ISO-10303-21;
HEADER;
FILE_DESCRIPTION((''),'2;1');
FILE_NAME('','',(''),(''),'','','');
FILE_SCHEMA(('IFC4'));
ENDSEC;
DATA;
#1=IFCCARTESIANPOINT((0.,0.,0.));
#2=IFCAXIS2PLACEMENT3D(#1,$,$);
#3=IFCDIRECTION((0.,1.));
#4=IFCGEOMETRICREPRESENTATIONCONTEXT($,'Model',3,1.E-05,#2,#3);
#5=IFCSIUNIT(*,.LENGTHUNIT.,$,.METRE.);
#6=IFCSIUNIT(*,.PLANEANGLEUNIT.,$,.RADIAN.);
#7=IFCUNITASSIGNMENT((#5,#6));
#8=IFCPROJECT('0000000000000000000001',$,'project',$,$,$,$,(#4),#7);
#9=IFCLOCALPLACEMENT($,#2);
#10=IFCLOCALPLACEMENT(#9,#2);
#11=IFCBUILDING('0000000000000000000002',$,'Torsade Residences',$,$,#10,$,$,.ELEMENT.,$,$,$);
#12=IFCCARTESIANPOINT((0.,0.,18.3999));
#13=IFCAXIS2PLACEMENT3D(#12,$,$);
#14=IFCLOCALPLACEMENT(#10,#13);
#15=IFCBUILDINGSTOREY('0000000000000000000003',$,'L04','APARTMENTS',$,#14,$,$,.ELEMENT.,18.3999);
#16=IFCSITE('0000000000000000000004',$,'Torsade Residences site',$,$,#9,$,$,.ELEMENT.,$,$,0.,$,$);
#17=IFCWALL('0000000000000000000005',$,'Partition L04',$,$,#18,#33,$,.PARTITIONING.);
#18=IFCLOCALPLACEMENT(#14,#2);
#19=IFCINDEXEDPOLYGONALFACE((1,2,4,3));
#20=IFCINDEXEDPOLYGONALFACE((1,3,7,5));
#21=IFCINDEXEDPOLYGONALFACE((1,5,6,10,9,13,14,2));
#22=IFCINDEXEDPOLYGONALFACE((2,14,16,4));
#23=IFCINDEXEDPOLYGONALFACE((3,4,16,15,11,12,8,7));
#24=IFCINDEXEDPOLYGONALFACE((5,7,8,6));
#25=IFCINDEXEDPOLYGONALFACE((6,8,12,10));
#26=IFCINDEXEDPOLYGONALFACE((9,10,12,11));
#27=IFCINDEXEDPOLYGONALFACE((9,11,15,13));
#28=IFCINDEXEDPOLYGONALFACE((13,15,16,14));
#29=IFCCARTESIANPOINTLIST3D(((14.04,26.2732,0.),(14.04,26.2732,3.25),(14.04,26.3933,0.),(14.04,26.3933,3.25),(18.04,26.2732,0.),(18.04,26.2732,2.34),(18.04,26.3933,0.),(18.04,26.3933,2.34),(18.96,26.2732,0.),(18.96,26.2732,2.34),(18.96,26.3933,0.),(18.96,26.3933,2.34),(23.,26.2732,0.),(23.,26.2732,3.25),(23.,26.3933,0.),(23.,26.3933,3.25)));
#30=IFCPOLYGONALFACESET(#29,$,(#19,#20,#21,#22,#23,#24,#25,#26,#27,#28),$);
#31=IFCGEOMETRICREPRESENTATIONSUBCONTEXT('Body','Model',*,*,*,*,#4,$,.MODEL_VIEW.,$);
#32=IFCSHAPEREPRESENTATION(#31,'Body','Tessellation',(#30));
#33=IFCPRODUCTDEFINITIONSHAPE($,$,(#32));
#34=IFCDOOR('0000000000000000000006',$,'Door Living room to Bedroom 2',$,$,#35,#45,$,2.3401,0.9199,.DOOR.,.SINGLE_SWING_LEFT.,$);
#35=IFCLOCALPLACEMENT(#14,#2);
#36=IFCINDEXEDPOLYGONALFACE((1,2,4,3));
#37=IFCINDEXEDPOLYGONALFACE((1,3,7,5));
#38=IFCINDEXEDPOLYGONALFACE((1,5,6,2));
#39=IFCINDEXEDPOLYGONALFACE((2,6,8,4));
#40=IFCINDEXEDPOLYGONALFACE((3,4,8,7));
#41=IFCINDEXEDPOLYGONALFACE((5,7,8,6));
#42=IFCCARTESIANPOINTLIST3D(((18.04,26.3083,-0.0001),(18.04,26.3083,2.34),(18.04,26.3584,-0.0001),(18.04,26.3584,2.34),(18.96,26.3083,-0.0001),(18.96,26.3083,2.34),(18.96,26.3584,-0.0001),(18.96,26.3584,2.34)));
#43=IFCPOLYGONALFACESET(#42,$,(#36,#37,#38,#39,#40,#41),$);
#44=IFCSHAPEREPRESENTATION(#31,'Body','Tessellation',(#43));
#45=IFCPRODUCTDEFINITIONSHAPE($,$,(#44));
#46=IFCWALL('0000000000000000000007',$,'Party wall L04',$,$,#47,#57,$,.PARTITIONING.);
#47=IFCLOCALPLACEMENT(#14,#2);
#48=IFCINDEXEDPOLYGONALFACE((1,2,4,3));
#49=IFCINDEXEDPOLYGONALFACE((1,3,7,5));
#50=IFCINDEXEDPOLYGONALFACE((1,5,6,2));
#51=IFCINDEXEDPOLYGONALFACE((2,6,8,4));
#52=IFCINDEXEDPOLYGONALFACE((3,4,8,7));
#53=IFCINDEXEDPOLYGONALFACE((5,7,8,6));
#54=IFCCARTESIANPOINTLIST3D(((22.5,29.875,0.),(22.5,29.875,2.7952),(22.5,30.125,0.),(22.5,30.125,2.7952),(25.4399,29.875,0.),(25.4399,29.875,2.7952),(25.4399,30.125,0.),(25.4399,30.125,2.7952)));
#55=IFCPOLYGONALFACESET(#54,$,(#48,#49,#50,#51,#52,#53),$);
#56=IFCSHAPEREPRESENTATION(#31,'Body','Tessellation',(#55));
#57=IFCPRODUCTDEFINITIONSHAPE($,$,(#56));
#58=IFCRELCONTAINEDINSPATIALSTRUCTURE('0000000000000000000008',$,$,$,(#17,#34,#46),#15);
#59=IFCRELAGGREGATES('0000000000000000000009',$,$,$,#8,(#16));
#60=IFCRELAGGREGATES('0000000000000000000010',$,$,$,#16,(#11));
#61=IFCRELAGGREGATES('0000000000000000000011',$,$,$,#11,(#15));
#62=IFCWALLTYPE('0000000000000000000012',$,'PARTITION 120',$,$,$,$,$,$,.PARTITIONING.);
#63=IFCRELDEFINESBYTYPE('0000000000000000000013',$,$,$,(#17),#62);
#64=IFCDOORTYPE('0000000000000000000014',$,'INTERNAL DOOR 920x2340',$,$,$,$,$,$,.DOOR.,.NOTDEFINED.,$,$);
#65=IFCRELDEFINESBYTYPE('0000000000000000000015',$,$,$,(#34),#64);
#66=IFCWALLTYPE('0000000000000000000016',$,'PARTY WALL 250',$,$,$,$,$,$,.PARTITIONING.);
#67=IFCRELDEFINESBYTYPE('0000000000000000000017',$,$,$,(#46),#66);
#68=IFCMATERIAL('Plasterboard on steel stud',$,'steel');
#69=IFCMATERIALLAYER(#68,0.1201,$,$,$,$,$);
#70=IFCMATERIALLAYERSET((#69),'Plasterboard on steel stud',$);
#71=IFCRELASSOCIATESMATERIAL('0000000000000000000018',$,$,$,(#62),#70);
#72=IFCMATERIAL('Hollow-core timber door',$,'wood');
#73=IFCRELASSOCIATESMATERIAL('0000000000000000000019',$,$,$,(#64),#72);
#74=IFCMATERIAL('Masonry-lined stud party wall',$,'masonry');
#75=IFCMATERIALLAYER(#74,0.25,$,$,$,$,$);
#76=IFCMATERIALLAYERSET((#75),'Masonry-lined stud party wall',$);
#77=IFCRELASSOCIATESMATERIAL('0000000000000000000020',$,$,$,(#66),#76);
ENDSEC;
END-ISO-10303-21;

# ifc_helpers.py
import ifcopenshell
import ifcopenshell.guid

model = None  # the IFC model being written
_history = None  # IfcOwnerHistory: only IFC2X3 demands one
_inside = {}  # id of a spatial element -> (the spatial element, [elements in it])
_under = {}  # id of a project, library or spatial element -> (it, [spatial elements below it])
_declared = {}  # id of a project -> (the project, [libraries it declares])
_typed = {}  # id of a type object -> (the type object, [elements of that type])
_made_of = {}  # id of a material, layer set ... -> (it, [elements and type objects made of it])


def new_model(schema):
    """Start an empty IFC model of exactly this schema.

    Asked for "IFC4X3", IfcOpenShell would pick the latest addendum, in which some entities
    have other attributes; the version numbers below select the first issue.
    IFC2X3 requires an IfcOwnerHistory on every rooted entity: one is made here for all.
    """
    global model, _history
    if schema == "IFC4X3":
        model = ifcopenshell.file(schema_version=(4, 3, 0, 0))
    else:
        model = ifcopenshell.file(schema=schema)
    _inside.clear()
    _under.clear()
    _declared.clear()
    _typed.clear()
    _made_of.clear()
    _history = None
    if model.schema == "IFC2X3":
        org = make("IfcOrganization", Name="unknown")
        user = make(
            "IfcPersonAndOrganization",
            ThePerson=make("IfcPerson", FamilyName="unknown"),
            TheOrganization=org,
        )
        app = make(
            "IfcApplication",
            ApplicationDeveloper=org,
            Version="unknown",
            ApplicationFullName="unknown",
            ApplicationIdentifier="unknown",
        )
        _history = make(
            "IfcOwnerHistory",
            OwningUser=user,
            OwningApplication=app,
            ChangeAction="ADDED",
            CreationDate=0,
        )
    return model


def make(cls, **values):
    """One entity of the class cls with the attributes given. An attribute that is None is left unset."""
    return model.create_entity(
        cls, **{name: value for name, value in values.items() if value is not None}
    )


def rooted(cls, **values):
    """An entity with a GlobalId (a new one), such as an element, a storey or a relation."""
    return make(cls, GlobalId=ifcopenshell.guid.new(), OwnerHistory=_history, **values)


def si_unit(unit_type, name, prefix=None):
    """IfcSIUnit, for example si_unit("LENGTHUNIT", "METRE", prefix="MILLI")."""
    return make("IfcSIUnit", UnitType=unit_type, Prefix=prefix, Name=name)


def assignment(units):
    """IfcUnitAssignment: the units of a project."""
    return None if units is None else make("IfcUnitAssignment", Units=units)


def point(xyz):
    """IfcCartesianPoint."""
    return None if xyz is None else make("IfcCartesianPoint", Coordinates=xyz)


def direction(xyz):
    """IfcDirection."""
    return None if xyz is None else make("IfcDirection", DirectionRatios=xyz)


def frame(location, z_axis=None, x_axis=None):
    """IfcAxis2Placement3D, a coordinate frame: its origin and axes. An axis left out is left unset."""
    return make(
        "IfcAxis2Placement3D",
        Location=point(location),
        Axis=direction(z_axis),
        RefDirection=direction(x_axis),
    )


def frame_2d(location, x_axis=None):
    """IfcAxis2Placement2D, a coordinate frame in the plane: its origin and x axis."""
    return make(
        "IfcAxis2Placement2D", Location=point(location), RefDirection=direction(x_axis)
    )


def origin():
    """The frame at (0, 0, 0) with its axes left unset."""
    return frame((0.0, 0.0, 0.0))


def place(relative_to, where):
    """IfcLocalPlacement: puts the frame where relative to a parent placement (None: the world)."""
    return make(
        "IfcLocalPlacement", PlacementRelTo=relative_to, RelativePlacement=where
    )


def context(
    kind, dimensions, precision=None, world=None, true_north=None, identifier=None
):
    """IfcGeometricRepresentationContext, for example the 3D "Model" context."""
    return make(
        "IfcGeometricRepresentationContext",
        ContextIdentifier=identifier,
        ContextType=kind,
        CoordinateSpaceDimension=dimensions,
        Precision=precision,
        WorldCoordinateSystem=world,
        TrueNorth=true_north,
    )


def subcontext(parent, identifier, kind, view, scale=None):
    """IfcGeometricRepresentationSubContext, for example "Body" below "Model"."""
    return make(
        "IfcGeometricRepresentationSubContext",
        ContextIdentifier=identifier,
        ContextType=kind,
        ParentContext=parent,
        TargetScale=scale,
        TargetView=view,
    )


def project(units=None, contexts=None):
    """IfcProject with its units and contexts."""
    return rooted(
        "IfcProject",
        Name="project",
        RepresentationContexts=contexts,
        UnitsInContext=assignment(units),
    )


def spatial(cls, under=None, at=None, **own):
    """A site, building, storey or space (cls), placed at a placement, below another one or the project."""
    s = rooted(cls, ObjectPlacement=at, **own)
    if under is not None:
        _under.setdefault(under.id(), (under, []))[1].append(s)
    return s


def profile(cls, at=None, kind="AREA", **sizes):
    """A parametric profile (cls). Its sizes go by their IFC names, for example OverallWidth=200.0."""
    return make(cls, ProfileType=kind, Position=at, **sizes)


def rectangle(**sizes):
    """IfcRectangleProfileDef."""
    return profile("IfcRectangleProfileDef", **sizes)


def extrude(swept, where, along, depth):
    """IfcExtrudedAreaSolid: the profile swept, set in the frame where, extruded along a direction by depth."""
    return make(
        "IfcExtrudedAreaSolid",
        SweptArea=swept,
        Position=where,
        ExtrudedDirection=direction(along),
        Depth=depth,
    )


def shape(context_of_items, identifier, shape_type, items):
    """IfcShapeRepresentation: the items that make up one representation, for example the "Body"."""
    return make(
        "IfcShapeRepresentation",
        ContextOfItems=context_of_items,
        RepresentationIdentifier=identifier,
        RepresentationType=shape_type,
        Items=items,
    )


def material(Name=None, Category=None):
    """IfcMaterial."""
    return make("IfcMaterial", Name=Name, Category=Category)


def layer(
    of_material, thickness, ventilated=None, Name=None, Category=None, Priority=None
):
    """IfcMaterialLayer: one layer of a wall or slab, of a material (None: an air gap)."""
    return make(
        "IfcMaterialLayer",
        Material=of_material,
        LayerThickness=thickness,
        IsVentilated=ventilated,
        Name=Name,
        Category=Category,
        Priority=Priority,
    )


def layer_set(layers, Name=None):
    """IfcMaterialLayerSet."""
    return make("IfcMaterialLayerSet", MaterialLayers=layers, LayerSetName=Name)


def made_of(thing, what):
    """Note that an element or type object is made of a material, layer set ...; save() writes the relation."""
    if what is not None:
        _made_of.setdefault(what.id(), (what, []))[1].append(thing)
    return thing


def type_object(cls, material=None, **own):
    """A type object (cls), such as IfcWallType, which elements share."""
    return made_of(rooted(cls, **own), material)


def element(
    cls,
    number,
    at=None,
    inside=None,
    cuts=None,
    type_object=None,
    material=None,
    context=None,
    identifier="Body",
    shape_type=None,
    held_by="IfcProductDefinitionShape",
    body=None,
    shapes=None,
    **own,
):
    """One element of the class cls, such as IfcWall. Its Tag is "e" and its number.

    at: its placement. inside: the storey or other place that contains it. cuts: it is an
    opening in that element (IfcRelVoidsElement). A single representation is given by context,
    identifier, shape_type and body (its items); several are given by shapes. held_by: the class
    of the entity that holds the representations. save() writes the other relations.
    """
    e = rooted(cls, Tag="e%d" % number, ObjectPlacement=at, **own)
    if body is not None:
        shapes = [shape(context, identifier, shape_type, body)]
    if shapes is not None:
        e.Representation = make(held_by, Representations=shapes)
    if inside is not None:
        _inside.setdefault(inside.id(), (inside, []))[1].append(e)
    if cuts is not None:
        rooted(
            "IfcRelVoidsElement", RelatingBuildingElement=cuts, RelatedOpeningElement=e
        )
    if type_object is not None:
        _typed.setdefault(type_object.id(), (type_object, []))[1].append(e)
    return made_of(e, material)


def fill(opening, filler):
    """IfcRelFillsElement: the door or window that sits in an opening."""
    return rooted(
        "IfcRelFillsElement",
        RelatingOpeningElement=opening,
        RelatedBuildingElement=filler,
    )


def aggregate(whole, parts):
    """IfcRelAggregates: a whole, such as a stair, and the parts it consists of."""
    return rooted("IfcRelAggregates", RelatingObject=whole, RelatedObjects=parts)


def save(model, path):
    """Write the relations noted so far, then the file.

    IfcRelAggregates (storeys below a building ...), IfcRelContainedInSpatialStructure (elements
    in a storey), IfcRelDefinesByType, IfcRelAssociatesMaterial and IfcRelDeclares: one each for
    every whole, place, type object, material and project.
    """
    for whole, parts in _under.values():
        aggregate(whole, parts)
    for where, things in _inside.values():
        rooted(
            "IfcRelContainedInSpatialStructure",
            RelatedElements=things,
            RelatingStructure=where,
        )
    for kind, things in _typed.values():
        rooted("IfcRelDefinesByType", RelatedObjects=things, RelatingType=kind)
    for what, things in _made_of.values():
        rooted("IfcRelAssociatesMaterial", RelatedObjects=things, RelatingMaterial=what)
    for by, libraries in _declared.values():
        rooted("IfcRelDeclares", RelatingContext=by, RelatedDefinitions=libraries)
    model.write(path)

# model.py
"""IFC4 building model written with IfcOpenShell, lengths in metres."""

from ifc_helpers import new_model, si_unit, direction, frame, frame_2d, origin, place, context, subcontext, project, spatial, rectangle, extrude, material, layer, layer_set, type_object, element, fill, save


model = new_model("IFC4")

# Units and contexts
model_context = context("Model", 3, precision=1e-05, world=origin(), true_north=direction((0.0, 1.0)))
body_context = subcontext(model_context, "Body", "Model", "MODEL_VIEW")
ifc_project = project(units=[si_unit("LENGTHUNIT", "METRE"), si_unit("PLANEANGLEUNIT", "RADIAN")], contexts=[model_context])

# Site, building, storey
site_placement = place(None, origin())
site = spatial("IfcSite", under=ifc_project, at=site_placement, Name="Torsade Residences site", CompositionType="ELEMENT", RefElevation=0.0)
building_placement = place(site_placement, origin())
building = spatial("IfcBuilding", under=site, at=building_placement, Name="Torsade Residences", CompositionType="ELEMENT")
storey_placement = place(building_placement, frame((0.0, 0.0, 18.3999)))
storey = spatial("IfcBuildingStorey", under=building, at=storey_placement, Name="L04", Description="APARTMENTS", CompositionType="ELEMENT", Elevation=18.3999)

# Shared definitions
ifc_material_1 = material(Name="Plasterboard on steel stud", Category="steel")
ifc_layer_1 = layer(ifc_material_1, 0.1201)
ifc_layer_set_1 = layer_set([ifc_layer_1], Name="Plasterboard on steel stud")
wall_type_1 = type_object("IfcWallType", Name="PARTITION 120", PredefinedType="PARTITIONING", material=ifc_layer_set_1)

# Shared definitions
ifc_material_2 = material(Name="Hollow-core timber door", Category="wood")
door_type_1 = type_object("IfcDoorType", Name="INTERNAL DOOR 920x2340", OperationType="NOTDEFINED", PredefinedType="DOOR", material=ifc_material_2)

# Wall, opening, door
wall_1_placement = place(storey_placement, frame((23.0, 26.3333, 0.0), z_axis=(0.0, 0.0, 1.0), x_axis=(-1.0, 0.0, 0.0)))
wall_1 = element("IfcWall", 1, at=wall_1_placement, inside=storey, type_object=wall_type_1, Name="Partition L04", PredefinedType="PARTITIONING", context=body_context, shape_type="SweptSolid", body=[
    extrude(rectangle(XDim=8.96, YDim=0.1201, at=frame_2d((4.48, 0.0))), origin(), (0.0, 0.0, 1.0), 3.25),
])
opening_1_placement = place(wall_1_placement, frame((4.04, 0.0, 0.0)))
opening_1 = element("IfcOpeningElement", 2, at=opening_1_placement, cuts=wall_1, PredefinedType="OPENING", context=body_context, shape_type="SweptSolid", body=[
    extrude(rectangle(XDim=0.9199, YDim=2.3401, at=frame_2d((0.46, 1.1699))), frame((0.0, 0.0701, 0.0), z_axis=(0.0, -1.0, 0.0), x_axis=(1.0, 0.0, 0.0)), (0.0, 0.0, 1.0), 0.1401),
])
door_1_placement = place(opening_1_placement, origin())
door_1 = element("IfcDoor", 3, at=door_1_placement, inside=storey, type_object=door_type_1, Name="Door Living room to Bedroom 2", OperationType="SINGLE_SWING_LEFT", OverallHeight=2.3401, OverallWidth=0.9199, PredefinedType="DOOR", context=body_context, shape_type="SweptSolid", body=[
    extrude(rectangle(XDim=0.9199, YDim=2.3401, at=frame_2d((0.46, 1.1699))), frame((0.0, 0.0249, 0.0), z_axis=(0.0, -1.0, 0.0), x_axis=(1.0, 0.0, 0.0)), (0.0, 0.0, 1.0), 0.05),
])
fill(opening_1, door_1)

# Wall
ifc_material_3 = material(Name="Masonry-lined stud party wall", Category="masonry")
ifc_layer_2 = layer(ifc_material_3, 0.25)
ifc_layer_set_2 = layer_set([ifc_layer_2], Name="Masonry-lined stud party wall")
wall_type_2 = type_object("IfcWallType", Name="PARTY WALL 250", PredefinedType="PARTITIONING", material=ifc_layer_set_2)
wall_2_placement = place(storey_placement, frame((22.5, 30.0, 0.0), z_axis=(0.0, 0.0, 1.0), x_axis=(1.0, 0.0, 0.0)))
element("IfcWall", 4, at=wall_2_placement, inside=storey, type_object=wall_type_2, Name="Party wall L04", PredefinedType="PARTITIONING", context=body_context, shape_type="SweptSolid", body=[
    extrude(rectangle(XDim=2.9399, YDim=0.25, at=frame_2d((1.47, 0.0))), origin(), (0.0, 0.0, 1.0), 2.7952),
])

save(model, "model.ifc")
